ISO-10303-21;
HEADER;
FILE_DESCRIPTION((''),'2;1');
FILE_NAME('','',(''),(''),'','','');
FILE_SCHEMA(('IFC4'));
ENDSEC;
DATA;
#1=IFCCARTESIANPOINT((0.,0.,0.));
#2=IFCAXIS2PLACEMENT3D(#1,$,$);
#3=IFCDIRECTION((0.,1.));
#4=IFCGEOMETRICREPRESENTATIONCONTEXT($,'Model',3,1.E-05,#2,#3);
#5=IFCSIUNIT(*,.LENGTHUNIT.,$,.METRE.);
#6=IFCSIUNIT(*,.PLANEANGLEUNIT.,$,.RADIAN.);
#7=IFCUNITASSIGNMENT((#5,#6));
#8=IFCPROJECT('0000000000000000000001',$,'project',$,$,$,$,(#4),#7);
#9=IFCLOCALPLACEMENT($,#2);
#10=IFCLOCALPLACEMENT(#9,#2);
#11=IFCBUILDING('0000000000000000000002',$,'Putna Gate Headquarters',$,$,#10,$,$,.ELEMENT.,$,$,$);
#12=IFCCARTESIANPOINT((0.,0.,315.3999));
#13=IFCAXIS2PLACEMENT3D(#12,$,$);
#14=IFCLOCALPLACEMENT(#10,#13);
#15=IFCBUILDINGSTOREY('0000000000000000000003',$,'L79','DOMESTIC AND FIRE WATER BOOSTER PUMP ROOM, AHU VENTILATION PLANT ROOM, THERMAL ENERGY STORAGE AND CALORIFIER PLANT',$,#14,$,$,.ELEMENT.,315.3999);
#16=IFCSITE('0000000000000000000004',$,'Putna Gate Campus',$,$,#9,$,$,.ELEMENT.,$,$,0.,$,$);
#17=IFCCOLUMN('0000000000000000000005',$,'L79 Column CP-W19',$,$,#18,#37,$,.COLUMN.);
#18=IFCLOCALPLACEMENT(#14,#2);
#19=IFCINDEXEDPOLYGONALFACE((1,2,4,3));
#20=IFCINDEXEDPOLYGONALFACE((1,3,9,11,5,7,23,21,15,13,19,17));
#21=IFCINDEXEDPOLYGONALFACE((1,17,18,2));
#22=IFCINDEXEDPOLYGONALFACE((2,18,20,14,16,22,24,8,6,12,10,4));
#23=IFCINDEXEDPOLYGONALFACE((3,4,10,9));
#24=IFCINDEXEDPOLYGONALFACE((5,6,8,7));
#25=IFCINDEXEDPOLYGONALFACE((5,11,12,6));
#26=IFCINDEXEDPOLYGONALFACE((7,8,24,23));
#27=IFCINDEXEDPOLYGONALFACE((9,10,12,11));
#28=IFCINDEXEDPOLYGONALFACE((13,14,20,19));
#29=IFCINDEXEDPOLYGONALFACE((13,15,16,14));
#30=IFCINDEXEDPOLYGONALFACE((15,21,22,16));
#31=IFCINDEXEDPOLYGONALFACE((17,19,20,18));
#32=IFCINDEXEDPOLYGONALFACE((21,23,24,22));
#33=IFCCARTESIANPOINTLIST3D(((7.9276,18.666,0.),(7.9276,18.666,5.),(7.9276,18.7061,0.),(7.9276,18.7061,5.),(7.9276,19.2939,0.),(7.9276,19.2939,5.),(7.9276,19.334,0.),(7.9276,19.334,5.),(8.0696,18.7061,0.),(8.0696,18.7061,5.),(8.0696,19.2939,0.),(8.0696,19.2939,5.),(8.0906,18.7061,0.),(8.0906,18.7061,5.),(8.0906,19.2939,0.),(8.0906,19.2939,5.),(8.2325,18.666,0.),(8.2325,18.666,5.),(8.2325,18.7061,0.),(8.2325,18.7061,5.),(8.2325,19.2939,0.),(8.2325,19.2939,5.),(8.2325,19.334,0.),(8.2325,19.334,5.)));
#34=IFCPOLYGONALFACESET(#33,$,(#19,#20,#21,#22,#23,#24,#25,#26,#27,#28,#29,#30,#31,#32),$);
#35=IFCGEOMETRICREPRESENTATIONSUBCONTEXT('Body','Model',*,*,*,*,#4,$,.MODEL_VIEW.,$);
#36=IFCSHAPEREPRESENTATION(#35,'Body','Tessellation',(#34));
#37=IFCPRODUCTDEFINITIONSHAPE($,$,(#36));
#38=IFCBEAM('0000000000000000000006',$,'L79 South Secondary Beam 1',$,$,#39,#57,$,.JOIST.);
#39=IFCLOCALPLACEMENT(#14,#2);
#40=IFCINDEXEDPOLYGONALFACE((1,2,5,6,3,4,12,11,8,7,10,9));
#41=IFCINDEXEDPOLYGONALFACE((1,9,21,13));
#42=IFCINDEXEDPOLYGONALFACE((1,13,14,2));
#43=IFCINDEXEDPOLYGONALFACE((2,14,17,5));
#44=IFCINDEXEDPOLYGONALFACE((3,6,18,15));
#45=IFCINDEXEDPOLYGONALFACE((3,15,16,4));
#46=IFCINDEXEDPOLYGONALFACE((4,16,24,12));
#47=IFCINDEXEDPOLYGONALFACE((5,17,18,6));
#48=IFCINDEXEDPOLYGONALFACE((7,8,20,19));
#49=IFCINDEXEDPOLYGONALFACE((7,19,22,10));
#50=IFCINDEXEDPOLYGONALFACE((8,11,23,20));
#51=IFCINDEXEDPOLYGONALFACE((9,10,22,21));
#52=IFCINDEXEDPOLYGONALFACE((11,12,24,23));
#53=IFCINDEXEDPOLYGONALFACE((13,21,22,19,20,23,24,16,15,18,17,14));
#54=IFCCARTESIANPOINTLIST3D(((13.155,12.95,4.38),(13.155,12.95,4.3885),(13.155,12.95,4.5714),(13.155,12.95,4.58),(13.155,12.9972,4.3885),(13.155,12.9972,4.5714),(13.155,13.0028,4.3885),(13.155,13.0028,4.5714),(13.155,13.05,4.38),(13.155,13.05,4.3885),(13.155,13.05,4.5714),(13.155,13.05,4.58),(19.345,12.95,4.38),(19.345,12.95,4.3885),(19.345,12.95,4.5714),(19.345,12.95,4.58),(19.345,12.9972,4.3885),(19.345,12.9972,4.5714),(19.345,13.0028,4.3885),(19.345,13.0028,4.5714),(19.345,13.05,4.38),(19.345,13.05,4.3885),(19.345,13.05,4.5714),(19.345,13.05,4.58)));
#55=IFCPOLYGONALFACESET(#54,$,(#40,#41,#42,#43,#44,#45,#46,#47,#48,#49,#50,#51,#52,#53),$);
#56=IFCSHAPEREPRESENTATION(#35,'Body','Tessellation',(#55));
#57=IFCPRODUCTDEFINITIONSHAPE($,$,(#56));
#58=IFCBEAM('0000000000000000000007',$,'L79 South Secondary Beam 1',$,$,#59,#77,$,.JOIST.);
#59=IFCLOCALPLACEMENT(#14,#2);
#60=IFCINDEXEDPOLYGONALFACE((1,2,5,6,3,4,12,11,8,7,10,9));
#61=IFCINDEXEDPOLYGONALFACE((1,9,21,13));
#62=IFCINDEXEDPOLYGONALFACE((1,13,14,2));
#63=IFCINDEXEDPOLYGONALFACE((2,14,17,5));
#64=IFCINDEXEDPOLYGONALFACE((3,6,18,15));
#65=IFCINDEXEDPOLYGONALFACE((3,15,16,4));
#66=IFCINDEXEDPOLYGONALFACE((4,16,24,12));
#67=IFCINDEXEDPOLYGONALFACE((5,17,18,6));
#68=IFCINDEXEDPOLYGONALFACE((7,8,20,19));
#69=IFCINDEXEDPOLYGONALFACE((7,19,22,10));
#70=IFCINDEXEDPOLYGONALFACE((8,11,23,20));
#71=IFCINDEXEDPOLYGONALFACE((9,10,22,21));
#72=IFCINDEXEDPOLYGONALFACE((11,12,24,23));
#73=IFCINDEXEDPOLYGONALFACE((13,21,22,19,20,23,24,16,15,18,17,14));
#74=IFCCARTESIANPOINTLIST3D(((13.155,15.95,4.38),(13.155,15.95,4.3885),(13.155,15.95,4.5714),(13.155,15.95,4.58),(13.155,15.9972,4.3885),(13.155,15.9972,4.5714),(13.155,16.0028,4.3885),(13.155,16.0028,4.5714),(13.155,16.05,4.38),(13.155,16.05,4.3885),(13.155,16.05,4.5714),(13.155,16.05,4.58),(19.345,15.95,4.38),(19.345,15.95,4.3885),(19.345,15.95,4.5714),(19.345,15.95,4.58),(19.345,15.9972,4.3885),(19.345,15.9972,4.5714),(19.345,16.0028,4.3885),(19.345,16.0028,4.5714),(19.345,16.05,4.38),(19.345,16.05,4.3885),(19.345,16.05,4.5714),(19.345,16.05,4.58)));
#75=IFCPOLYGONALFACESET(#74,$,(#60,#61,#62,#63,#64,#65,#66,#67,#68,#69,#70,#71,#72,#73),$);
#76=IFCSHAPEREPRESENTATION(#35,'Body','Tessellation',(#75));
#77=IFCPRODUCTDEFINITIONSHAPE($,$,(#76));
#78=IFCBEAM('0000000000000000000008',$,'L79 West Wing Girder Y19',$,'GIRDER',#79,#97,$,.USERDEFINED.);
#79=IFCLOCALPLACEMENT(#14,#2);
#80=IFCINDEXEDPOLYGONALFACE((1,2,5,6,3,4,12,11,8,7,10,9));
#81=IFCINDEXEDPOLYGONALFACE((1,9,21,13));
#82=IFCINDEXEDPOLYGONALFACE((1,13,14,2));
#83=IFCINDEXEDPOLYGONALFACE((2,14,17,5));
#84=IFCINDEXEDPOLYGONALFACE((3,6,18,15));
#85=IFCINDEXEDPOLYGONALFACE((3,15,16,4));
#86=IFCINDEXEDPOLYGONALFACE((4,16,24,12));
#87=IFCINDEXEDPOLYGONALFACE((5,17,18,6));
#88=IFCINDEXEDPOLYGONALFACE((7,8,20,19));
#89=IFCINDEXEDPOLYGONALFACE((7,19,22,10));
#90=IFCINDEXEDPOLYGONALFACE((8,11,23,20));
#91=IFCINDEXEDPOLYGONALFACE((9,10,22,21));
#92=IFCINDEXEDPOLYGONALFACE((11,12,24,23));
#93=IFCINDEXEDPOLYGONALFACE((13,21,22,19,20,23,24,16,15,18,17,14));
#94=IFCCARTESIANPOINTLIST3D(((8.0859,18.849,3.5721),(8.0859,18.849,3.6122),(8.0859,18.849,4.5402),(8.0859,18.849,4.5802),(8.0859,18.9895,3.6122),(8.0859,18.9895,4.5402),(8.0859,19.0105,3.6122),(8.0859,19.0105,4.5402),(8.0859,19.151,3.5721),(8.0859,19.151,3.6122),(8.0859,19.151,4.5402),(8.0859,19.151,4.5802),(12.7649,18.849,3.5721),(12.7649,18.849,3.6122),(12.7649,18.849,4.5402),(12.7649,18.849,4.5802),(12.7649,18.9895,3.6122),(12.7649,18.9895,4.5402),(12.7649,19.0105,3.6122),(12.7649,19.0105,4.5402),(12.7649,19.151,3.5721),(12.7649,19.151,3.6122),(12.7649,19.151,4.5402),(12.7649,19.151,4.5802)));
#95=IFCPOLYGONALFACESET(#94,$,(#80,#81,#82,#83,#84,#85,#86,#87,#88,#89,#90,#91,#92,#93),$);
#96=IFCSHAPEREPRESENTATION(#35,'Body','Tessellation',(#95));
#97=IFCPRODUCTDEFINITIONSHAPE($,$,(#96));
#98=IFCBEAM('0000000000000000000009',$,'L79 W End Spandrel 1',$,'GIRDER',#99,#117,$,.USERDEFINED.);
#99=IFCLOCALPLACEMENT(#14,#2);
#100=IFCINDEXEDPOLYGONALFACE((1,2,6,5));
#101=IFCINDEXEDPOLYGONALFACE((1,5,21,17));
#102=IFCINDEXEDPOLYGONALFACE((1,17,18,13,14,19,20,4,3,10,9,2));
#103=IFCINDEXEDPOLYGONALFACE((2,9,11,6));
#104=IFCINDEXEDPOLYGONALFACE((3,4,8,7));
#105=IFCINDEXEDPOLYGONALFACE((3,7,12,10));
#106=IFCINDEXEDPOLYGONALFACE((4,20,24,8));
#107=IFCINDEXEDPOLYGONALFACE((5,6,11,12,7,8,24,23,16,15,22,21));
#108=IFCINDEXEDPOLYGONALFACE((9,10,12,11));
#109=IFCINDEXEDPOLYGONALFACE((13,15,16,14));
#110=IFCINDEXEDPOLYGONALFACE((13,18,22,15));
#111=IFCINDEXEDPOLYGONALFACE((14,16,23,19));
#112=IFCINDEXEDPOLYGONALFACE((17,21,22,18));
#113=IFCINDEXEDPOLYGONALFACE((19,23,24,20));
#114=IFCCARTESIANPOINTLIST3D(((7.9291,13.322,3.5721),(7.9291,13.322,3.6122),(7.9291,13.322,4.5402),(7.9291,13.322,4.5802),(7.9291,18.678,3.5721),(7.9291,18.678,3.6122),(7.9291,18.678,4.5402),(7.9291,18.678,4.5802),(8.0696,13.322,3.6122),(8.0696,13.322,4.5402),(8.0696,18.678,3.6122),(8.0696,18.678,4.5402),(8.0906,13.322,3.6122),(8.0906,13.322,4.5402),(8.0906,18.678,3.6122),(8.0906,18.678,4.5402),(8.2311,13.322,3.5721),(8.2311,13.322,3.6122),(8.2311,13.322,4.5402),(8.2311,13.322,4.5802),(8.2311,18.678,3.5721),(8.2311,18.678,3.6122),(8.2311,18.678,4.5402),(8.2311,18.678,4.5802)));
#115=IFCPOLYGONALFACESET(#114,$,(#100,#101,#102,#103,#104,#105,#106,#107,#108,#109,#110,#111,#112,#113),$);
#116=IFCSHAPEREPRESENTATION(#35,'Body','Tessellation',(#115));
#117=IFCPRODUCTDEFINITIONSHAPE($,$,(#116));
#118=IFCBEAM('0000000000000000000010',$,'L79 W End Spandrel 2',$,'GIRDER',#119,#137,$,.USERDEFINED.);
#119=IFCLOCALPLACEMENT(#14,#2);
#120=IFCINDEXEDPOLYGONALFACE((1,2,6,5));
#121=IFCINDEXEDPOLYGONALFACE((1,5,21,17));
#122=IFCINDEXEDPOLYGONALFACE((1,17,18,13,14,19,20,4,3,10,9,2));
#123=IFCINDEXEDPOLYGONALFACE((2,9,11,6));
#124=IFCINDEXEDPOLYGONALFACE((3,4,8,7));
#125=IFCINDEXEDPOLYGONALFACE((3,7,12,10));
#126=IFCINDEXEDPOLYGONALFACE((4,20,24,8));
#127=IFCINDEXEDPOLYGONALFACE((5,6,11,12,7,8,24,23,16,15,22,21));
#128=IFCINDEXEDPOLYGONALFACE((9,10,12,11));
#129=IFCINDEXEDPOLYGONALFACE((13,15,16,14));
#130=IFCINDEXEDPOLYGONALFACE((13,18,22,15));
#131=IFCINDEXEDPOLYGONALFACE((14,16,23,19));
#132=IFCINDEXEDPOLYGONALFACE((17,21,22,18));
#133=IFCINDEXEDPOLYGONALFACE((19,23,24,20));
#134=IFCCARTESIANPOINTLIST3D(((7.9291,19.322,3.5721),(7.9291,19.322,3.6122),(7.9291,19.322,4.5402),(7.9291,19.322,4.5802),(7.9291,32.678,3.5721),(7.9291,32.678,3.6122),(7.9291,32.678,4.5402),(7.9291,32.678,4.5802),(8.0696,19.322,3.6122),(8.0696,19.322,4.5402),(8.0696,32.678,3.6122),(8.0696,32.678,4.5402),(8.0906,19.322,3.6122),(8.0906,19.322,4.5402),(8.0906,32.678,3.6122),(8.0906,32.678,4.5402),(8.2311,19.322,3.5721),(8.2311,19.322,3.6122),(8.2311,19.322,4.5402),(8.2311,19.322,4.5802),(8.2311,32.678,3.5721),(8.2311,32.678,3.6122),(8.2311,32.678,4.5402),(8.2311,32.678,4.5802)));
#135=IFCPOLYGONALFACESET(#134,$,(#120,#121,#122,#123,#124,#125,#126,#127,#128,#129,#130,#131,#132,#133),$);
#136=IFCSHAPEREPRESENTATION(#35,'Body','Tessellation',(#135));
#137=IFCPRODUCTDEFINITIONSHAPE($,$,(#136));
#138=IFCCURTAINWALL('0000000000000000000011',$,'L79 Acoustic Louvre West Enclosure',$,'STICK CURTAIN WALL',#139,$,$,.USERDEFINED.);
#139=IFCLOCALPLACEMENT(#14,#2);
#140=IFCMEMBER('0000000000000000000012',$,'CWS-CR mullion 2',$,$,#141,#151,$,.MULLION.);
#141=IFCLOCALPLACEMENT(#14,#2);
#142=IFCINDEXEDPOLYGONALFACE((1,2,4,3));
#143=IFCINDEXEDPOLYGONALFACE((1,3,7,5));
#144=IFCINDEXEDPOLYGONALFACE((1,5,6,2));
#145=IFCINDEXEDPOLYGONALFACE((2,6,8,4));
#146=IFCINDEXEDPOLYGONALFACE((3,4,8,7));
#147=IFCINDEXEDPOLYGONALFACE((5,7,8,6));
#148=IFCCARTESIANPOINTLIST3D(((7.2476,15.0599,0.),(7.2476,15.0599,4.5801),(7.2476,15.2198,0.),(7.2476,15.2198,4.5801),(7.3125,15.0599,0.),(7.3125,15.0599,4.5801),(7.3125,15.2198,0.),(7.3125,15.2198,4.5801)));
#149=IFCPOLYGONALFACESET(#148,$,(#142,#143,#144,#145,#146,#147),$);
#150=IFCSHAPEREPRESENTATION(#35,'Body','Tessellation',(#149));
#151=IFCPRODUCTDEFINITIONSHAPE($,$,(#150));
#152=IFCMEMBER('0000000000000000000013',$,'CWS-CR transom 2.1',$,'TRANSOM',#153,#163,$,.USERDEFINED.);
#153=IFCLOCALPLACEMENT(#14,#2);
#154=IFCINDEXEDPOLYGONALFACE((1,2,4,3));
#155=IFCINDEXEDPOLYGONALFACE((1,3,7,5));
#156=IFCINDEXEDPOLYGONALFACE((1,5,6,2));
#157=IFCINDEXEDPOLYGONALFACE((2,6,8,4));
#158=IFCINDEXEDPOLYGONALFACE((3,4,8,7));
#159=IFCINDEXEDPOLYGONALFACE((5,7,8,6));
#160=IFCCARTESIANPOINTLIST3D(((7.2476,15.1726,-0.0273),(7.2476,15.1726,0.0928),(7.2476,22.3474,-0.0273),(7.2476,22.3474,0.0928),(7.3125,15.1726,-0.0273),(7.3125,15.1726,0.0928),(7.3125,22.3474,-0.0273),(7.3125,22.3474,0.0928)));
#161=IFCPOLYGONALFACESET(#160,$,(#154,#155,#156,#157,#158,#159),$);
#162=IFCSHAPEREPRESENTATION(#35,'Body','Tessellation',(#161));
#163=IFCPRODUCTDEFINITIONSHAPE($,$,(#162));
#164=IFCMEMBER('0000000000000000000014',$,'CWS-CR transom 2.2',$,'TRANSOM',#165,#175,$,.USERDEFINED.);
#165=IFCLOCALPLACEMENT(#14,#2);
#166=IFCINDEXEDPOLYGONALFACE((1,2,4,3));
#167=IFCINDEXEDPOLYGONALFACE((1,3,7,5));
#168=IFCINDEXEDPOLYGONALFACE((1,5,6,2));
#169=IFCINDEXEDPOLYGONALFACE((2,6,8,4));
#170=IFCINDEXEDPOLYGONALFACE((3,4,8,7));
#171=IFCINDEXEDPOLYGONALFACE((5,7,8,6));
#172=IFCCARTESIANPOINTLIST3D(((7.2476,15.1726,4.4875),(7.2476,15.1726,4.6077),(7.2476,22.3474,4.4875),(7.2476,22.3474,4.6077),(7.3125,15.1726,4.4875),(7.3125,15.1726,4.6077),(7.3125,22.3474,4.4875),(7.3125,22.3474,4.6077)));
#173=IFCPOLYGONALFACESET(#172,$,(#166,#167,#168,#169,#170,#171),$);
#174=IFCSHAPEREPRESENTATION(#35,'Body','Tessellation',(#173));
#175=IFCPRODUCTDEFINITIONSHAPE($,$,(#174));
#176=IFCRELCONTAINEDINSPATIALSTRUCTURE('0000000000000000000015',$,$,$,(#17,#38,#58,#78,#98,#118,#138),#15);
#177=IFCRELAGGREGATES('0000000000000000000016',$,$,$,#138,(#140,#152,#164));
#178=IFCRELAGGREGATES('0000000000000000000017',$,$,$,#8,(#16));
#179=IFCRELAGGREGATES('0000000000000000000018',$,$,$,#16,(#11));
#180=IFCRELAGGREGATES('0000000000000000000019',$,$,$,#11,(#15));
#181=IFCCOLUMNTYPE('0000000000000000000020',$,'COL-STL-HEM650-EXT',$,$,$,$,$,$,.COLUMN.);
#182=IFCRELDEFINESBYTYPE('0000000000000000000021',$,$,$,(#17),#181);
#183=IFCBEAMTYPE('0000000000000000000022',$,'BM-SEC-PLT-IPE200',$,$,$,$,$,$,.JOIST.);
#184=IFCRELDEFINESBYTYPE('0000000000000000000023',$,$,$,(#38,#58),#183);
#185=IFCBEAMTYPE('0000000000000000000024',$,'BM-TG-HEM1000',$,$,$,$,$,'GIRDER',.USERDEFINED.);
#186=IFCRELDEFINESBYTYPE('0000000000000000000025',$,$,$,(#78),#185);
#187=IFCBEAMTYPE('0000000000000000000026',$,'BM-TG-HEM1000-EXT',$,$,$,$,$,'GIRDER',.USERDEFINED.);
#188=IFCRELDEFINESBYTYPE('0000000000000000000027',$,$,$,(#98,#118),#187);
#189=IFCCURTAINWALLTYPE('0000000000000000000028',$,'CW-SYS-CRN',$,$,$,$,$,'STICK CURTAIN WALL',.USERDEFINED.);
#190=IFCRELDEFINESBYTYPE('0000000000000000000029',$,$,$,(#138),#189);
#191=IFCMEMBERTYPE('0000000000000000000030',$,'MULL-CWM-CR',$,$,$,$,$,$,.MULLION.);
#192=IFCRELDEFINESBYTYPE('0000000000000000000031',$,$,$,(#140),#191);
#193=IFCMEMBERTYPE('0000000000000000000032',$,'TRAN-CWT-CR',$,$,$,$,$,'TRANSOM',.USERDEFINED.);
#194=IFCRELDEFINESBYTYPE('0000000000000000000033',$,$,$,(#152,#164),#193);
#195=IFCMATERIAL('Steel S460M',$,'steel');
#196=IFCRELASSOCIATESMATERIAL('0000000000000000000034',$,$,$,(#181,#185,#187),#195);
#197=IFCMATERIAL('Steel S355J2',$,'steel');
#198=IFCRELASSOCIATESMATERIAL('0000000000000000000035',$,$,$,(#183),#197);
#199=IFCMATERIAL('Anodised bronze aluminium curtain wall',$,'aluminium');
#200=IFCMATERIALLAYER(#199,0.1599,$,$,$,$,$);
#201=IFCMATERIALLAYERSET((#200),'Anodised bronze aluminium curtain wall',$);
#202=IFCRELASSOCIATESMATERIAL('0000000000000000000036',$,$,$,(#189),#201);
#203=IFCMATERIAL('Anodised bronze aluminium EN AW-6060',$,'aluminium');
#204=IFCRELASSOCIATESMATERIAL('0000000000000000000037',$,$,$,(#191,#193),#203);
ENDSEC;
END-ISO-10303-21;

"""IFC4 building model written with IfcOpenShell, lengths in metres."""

from ifc_helpers import new_model, si_unit, direction, frame, origin, origin_2d, place, context, subcontext, project, spatial, rectangle, i_section, extrude, material, layer, layer_set, material_profile, profile_set, type_object, element, aggregate, save


model = new_model("IFC4")

# Units and contexts
model_context = context("Model", 3, precision=1e-05, world=origin(), true_north=direction((0.0, 1.0)))
body_context = subcontext(model_context, "Body", "Model", "MODEL_VIEW")
ifc_project = project(units=[si_unit("LENGTHUNIT", "METRE"), si_unit("PLANEANGLEUNIT", "RADIAN")], contexts=[model_context])

# Site, building, storey
site_placement = place(None, origin())
site = spatial("IfcSite", under=ifc_project, at=site_placement, Name="Putna Gate Campus", CompositionType="ELEMENT", RefElevation=0.0)
building_placement = place(site_placement, origin())
building = spatial("IfcBuilding", under=site, at=building_placement, Name="Putna Gate Headquarters", CompositionType="ELEMENT")
storey_placement = place(building_placement, frame((0.0, 0.0, 315.3999)))
storey = spatial("IfcBuildingStorey", under=building, at=storey_placement, Name="L79", Description="DOMESTIC AND FIRE WATER BOOSTER PUMP ROOM, AHU VENTILATION PLANT ROOM, THERMAL ENERGY STORAGE AND CALORIFIER PLANT", CompositionType="ELEMENT", Elevation=315.3999)

# Column
ifc_material_1 = material(Name="Steel S460M", Category="steel")
ifc_material_profile_1 = material_profile(ifc_material_1, i_section(OverallWidth=0.3049, OverallDepth=0.668, WebThickness=0.021, FlangeThickness=0.04, at=origin_2d()), Name="Steel S460M")
ifc_profile_set_1 = profile_set([ifc_material_profile_1], Name="Steel S460M")
column_type = type_object("IfcColumnType", Name="COL-STL-HEM650-EXT", PredefinedType="COLUMN", material=ifc_profile_set_1)
column_placement = place(storey_placement, frame((8.0801, 19.0, 0.0), z_axis=(0.0, 0.0, 1.0), x_axis=(1.0, 0.0, 0.0)))
element("IfcColumn", 1, at=column_placement, inside=storey, type_object=column_type, Name="L79 Column CP-W19", PredefinedType="COLUMN", context=body_context, shape_type="SweptSolid", body=[
    extrude(i_section(OverallWidth=0.3049, OverallDepth=0.668, WebThickness=0.021, FlangeThickness=0.04, at=origin_2d()), origin(), (0.0, 0.0, 1.0), 5.0),
])

# Beams
ifc_material_2 = material(Name="Steel S355J2", Category="steel")
ifc_material_profile_2 = material_profile(ifc_material_2, i_section(OverallWidth=0.1001, OverallDepth=0.2, WebThickness=0.0056, FlangeThickness=0.0085, at=origin_2d()), Name="Steel S355J2")
ifc_profile_set_2 = profile_set([ifc_material_profile_2], Name="Steel S355J2")
beam_type_1 = type_object("IfcBeamType", Name="BM-SEC-PLT-IPE200", PredefinedType="JOIST", material=ifc_profile_set_2)
for number, where, z_axis, x_axis, name in (
    (2, (13.155, 13.0, 4.48), (1.0, 0.0, 0.0), (0.0, 1.0, 0.0), "L79 South Secondary Beam 1"),
    (3, (13.155, 16.0, 4.48), (1.0, 0.0, 0.0), (0.0, 1.0, 0.0), "L79 South Secondary Beam 1"),
):
    element("IfcBeam", number, at=place(storey_placement, frame(where, z_axis=z_axis, x_axis=x_axis)), inside=storey, type_object=beam_type_1, Name=name, PredefinedType="JOIST", context=body_context, shape_type="SweptSolid", body=[
        extrude(i_section(OverallWidth=0.1001, OverallDepth=0.2, WebThickness=0.0056, FlangeThickness=0.0085, at=origin_2d()), origin(), (0.0, 0.0, 1.0), 6.1899),
    ])
ifc_material_profile_3 = material_profile(ifc_material_1, i_section(OverallWidth=0.302, OverallDepth=1.0081, WebThickness=0.021, FlangeThickness=0.04, at=origin_2d()), Name="Steel S460M")
ifc_profile_set_3 = profile_set([ifc_material_profile_3], Name="Steel S460M")
beam_type_2 = type_object("IfcBeamType", Name="BM-TG-HEM1000", ElementType="GIRDER", PredefinedType="USERDEFINED", material=ifc_profile_set_3)
beam_1_placement = place(storey_placement, frame((8.0859, 19.0, 4.0762), z_axis=(1.0, 0.0, 0.0), x_axis=(0.0, 1.0, 0.0)))
element("IfcBeam", 4, at=beam_1_placement, inside=storey, type_object=beam_type_2, Name="L79 West Wing Girder Y19", ObjectType="GIRDER", PredefinedType="USERDEFINED", context=body_context, shape_type="SweptSolid", body=[
    extrude(i_section(OverallWidth=0.302, OverallDepth=1.0081, WebThickness=0.021, FlangeThickness=0.04, at=origin_2d()), origin(), (0.0, 0.0, 1.0), 4.679),
])
ifc_material_profile_4 = material_profile(ifc_material_1, i_section(OverallWidth=0.302, OverallDepth=1.0081, WebThickness=0.021, FlangeThickness=0.04, at=origin_2d()), Name="Steel S460M")
ifc_profile_set_4 = profile_set([ifc_material_profile_4], Name="Steel S460M")
beam_type_3 = type_object("IfcBeamType", Name="BM-TG-HEM1000-EXT", ElementType="GIRDER", PredefinedType="USERDEFINED", material=ifc_profile_set_4)
beam_2_placement = place(storey_placement, frame((8.0801, 13.322, 4.0762), z_axis=(0.0, 1.0, 0.0), x_axis=(-1.0, 0.0, 0.0)))
element("IfcBeam", 5, at=beam_2_placement, inside=storey, type_object=beam_type_3, Name="L79 W End Spandrel 1", ObjectType="GIRDER", PredefinedType="USERDEFINED", context=body_context, shape_type="SweptSolid", body=[
    extrude(i_section(OverallWidth=0.302, OverallDepth=1.0081, WebThickness=0.021, FlangeThickness=0.04, at=origin_2d()), origin(), (0.0, 0.0, 1.0), 5.356),
])
beam_3_placement = place(storey_placement, frame((8.0801, 19.322, 4.0762), z_axis=(0.0, 1.0, 0.0), x_axis=(-1.0, 0.0, 0.0)))
element("IfcBeam", 6, at=beam_3_placement, inside=storey, type_object=beam_type_3, Name="L79 W End Spandrel 2", ObjectType="GIRDER", PredefinedType="USERDEFINED", context=body_context, shape_type="SweptSolid", body=[
    extrude(i_section(OverallWidth=0.302, OverallDepth=1.0081, WebThickness=0.021, FlangeThickness=0.04, at=origin_2d()), origin(), (0.0, 0.0, 1.0), 13.356),
])

# Curtain wall, members
ifc_material_3 = material(Name="Anodised bronze aluminium curtain wall", Category="aluminium")
ifc_layer_1 = layer(ifc_material_3, 0.1599)
ifc_layer_set_1 = layer_set([ifc_layer_1], Name="Anodised bronze aluminium curtain wall")
curtain_wall_type = type_object("IfcCurtainWallType", Name="CW-SYS-CRN", ElementType="STICK CURTAIN WALL", PredefinedType="USERDEFINED", material=ifc_layer_set_1)
curtain_wall_placement = place(storey_placement, origin())
curtain_wall = element("IfcCurtainWall", 7, at=curtain_wall_placement, inside=storey, type_object=curtain_wall_type, Name="L79 Acoustic Louvre West Enclosure", ObjectType="STICK CURTAIN WALL", PredefinedType="USERDEFINED")
ifc_material_4 = material(Name="Anodised bronze aluminium EN AW-6060", Category="aluminium")
ifc_material_profile_5 = material_profile(ifc_material_4, rectangle(XDim=0.0649, YDim=0.1599, at=origin_2d()), Name="Anodised bronze aluminium EN AW-6060")
ifc_profile_set_5 = profile_set([ifc_material_profile_5], Name="Anodised bronze aluminium EN AW-6060")
member_type_1 = type_object("IfcMemberType", Name="MULL-CWM-CR", PredefinedType="MULLION", material=ifc_profile_set_5)
member_1_placement = place(storey_placement, frame((7.28, 15.1399, 0.0), z_axis=(0.0, 0.0, 1.0), x_axis=(-1.0, 0.0, 0.0)))
member_1 = element("IfcMember", 8, at=member_1_placement, type_object=member_type_1, Name="CWS-CR mullion 2", PredefinedType="MULLION", context=body_context, shape_type="SweptSolid", body=[
    extrude(rectangle(XDim=0.0649, YDim=0.1599, at=origin_2d()), origin(), (0.0, 0.0, 1.0), 4.5801),
])
ifc_material_profile_6 = material_profile(ifc_material_4, rectangle(XDim=0.0649, YDim=0.1201, at=origin_2d()), Name="Anodised bronze aluminium EN AW-6060")
ifc_profile_set_6 = profile_set([ifc_material_profile_6], Name="Anodised bronze aluminium EN AW-6060")
member_type_2 = type_object("IfcMemberType", Name="TRAN-CWT-CR", ElementType="TRANSOM", PredefinedType="USERDEFINED", material=ifc_profile_set_6)
member_2_placement = place(storey_placement, frame((7.28, 15.1726, 0.0327), z_axis=(0.0, 1.0, 0.0), x_axis=(-1.0, 0.0, 0.0)))
member_2 = element("IfcMember", 9, at=member_2_placement, type_object=member_type_2, Name="CWS-CR transom 2.1", ObjectType="TRANSOM", PredefinedType="USERDEFINED", context=body_context, shape_type="SweptSolid", body=[
    extrude(rectangle(XDim=0.0649, YDim=0.1201, at=origin_2d()), origin(), (0.0, 0.0, 1.0), 7.1748),
])
member_3_placement = place(storey_placement, frame((7.28, 15.1726, 4.5476), z_axis=(0.0, 1.0, 0.0), x_axis=(-1.0, 0.0, 0.0)))
member_3 = element("IfcMember", 10, at=member_3_placement, type_object=member_type_2, Name="CWS-CR transom 2.2", ObjectType="TRANSOM", PredefinedType="USERDEFINED", context=body_context, shape_type="SweptSolid", body=[
    extrude(rectangle(XDim=0.0649, YDim=0.1201, at=origin_2d()), origin(), (0.0, 0.0, 1.0), 7.1748),
])
aggregate(curtain_wall, [member_1, member_2, member_3])

save(model, "model.ifc")
